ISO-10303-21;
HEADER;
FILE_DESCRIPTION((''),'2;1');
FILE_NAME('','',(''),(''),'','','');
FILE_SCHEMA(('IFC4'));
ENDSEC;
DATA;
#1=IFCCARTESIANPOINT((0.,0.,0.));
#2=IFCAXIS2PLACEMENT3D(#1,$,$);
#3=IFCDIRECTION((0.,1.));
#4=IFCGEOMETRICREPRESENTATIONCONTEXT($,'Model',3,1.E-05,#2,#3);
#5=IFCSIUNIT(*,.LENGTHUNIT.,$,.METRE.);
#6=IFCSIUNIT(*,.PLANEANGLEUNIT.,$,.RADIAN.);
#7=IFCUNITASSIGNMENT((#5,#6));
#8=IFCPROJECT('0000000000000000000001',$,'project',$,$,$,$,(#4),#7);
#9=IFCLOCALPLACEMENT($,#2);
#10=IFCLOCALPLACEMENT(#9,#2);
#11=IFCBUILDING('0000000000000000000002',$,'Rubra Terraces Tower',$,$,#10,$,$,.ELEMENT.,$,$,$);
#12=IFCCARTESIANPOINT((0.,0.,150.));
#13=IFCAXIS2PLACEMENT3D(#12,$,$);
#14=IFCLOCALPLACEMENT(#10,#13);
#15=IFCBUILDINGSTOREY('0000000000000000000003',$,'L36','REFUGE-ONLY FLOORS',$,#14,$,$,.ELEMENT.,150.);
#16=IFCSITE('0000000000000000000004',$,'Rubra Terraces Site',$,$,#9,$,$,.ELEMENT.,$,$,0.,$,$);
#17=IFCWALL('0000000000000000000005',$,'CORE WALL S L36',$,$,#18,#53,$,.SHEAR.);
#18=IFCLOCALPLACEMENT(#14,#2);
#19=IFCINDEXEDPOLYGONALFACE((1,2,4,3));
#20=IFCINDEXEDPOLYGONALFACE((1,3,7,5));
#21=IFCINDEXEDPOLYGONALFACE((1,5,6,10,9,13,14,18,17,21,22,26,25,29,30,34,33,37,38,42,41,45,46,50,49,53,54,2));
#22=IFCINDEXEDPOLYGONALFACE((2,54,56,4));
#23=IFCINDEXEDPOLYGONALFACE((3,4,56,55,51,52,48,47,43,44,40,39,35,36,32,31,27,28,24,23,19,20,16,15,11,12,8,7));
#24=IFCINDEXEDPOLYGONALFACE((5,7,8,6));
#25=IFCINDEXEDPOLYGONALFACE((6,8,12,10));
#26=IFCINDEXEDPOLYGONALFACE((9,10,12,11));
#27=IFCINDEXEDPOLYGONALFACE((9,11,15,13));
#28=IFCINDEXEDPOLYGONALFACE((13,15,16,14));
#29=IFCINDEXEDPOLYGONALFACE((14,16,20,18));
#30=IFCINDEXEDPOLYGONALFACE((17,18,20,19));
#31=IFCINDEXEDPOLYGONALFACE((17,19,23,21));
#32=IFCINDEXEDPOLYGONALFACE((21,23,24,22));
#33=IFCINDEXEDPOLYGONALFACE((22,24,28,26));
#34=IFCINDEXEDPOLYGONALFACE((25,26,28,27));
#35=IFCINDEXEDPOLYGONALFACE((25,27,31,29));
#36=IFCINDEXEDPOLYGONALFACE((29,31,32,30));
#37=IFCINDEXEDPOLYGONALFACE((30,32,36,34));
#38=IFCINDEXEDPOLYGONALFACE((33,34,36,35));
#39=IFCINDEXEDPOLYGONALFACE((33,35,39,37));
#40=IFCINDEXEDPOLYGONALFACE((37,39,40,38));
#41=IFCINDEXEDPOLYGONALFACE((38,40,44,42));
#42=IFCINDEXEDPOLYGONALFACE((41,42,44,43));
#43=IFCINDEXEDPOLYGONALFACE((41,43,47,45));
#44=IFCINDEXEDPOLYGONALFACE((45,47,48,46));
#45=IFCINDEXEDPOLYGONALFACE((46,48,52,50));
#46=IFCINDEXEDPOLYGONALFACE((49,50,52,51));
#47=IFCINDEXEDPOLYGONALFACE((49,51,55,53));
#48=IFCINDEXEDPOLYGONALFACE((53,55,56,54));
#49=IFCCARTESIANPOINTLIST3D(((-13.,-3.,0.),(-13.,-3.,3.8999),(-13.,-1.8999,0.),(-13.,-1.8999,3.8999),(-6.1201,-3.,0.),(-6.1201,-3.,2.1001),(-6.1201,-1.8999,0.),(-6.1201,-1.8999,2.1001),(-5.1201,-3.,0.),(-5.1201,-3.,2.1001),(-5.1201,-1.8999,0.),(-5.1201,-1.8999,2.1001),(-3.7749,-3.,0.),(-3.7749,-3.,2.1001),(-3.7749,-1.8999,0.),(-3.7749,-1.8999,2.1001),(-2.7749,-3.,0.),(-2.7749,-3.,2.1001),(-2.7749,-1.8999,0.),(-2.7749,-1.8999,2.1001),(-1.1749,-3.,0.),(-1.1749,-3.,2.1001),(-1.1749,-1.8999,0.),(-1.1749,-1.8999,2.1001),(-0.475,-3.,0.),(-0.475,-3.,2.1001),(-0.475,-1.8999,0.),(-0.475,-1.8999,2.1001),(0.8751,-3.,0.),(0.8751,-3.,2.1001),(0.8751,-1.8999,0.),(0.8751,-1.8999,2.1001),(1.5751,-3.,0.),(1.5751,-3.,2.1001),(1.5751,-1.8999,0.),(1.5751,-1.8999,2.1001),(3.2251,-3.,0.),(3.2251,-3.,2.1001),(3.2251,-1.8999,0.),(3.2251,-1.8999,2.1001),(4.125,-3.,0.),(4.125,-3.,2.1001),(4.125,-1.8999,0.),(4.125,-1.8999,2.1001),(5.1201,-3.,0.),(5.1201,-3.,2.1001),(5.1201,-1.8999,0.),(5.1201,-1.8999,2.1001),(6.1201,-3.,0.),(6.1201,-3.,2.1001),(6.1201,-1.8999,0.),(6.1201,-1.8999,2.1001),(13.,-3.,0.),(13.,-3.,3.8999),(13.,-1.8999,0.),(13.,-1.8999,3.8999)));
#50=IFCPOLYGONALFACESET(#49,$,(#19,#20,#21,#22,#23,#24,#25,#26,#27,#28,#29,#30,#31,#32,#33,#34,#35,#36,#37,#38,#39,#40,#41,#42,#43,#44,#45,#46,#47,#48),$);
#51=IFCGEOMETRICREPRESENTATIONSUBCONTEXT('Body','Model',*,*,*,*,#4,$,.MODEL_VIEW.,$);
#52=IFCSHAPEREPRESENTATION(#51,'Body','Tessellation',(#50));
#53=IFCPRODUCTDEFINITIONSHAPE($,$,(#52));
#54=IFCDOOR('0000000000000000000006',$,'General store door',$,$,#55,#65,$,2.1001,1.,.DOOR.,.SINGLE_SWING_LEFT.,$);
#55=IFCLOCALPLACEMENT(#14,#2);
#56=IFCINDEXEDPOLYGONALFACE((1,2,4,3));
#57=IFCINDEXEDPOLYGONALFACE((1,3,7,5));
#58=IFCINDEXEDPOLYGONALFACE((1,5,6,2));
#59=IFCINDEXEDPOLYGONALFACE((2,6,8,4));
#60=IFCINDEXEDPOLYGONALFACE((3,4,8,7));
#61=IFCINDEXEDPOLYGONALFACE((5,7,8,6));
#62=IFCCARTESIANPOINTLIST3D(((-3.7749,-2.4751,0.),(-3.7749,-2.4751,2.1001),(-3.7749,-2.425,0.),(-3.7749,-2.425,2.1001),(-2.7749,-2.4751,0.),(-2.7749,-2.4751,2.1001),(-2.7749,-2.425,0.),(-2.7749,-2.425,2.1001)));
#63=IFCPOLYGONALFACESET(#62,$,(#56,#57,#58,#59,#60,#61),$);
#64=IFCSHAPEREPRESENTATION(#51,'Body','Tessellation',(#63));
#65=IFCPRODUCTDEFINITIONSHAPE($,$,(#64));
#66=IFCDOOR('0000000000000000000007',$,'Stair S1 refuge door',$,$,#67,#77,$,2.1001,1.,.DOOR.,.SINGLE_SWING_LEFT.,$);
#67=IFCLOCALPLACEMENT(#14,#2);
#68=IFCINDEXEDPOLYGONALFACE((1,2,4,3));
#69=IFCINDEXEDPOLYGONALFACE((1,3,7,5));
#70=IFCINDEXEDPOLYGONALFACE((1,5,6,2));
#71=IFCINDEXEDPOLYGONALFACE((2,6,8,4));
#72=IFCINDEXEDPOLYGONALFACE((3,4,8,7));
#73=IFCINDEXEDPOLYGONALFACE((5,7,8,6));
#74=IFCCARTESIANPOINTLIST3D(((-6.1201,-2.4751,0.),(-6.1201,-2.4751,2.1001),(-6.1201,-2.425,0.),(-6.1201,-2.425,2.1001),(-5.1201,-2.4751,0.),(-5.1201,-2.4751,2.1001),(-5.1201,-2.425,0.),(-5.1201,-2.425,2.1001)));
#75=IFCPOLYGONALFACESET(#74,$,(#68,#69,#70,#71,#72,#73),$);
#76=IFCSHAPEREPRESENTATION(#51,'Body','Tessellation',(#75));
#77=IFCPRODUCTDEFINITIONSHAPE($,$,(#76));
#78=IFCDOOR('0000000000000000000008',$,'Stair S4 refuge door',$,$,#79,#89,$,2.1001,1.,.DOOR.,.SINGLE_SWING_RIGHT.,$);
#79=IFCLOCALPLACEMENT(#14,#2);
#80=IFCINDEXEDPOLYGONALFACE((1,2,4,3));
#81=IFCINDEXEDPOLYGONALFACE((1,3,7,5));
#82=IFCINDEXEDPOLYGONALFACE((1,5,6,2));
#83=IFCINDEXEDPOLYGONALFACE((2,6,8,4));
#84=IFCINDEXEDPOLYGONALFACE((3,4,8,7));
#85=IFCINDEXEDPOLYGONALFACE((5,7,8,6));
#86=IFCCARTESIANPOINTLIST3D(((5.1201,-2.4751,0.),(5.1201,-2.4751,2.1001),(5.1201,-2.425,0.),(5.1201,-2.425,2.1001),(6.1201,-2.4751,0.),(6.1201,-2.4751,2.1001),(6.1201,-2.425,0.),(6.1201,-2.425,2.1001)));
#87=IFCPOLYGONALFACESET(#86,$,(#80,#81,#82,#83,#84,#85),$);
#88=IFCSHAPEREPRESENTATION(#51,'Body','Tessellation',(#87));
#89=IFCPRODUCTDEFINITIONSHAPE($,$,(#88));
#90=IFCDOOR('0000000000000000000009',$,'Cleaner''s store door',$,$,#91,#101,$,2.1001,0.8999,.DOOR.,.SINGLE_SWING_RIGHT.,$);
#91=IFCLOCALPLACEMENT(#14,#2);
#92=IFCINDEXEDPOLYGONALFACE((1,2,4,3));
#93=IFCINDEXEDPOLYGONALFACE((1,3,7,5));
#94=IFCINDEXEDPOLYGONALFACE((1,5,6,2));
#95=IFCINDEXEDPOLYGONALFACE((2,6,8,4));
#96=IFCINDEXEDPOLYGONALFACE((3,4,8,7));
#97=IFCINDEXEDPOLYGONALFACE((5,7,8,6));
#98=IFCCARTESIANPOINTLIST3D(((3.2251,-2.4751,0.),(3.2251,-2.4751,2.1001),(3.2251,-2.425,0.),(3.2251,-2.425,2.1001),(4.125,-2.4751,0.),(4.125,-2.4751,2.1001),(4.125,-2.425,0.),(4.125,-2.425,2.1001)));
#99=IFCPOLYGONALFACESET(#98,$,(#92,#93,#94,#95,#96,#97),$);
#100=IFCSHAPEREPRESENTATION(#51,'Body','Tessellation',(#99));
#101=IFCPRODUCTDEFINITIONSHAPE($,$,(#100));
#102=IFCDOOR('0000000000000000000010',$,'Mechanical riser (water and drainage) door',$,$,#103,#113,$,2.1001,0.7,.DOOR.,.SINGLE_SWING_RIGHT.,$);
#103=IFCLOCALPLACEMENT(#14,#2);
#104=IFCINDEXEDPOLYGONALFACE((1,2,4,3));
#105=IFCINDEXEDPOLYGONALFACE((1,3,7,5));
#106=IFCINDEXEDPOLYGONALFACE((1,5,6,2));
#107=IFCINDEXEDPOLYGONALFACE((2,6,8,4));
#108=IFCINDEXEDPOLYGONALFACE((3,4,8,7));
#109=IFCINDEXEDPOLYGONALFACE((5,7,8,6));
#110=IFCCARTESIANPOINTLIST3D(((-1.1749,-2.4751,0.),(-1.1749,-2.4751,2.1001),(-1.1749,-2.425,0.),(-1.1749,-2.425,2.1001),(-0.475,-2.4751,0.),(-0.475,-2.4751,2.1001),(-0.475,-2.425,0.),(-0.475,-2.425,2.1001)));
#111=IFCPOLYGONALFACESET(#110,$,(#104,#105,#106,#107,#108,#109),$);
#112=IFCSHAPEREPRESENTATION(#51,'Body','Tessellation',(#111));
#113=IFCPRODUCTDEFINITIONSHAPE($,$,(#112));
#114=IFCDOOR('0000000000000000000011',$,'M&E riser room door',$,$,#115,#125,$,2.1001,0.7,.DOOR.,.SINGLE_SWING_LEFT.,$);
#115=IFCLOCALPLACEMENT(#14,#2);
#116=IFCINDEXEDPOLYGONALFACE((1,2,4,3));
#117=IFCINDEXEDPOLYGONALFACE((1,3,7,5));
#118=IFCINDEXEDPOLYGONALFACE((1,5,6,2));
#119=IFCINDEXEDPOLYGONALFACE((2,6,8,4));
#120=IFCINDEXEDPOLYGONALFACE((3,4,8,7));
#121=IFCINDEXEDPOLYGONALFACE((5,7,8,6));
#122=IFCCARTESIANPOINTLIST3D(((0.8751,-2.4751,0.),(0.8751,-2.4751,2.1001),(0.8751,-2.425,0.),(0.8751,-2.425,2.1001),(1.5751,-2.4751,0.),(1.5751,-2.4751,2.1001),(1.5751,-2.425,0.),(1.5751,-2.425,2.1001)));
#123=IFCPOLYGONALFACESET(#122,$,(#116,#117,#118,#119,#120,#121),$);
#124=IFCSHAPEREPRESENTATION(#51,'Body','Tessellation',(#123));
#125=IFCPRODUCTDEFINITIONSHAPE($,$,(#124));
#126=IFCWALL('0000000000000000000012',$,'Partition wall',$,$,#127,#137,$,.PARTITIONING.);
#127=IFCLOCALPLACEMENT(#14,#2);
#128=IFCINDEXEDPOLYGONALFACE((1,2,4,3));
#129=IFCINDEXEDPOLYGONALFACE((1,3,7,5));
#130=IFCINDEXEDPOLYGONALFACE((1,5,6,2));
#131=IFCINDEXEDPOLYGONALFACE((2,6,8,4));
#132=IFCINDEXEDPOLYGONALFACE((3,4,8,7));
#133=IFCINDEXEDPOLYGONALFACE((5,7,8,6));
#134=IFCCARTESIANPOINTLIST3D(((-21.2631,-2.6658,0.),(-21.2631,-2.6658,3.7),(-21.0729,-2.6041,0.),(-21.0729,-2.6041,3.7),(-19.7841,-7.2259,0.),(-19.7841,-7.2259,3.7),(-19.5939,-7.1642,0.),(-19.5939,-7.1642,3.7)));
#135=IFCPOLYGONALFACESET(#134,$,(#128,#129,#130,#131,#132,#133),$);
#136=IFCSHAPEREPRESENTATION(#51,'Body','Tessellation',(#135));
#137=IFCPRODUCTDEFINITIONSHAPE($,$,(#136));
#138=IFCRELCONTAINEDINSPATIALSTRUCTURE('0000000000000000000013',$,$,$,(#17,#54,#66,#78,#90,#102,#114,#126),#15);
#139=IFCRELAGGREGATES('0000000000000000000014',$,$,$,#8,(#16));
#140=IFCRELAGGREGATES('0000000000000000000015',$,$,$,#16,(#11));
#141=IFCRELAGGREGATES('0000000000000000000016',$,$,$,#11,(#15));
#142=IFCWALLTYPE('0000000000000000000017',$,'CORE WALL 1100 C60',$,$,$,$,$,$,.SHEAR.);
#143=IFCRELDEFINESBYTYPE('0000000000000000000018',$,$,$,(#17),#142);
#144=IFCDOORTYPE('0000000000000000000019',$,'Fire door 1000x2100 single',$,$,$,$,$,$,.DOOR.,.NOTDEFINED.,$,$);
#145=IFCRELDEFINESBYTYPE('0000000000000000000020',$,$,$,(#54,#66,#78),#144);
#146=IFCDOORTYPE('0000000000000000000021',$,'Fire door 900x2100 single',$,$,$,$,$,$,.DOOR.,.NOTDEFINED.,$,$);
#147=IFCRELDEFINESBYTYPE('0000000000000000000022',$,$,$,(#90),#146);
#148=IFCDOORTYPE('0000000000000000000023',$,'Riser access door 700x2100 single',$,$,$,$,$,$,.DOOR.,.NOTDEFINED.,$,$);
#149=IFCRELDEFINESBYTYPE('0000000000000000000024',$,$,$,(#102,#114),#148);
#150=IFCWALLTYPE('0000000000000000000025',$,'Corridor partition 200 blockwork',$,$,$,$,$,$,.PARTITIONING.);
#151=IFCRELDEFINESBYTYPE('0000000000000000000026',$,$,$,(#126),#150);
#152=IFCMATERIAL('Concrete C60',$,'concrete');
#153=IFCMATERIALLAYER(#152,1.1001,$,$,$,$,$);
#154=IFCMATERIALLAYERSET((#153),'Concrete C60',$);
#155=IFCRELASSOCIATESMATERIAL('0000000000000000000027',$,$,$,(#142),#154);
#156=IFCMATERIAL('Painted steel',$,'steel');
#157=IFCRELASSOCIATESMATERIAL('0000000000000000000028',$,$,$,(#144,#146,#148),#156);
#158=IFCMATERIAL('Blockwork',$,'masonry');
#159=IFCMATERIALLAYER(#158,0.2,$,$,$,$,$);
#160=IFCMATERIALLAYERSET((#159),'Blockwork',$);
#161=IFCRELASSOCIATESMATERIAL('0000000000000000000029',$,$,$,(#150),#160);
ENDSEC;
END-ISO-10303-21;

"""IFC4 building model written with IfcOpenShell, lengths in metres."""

from ifc_helpers import new_model, si_unit, direction, frame, frame_2d, origin, place, context, subcontext, project, spatial, rectangle, extrude, material, layer, layer_set, type_object, element, fill, save


model = new_model("IFC4")

# Units and contexts
model_context = context("Model", 3, precision=1e-05, world=origin(), true_north=direction((0.0, 1.0)))
body_context = subcontext(model_context, "Body", "Model", "MODEL_VIEW")
ifc_project = project(units=[si_unit("LENGTHUNIT", "METRE"), si_unit("PLANEANGLEUNIT", "RADIAN")], contexts=[model_context])

# Site, building, storey
site_placement = place(None, origin())
site = spatial("IfcSite", under=ifc_project, at=site_placement, Name="Rubra Terraces Site", CompositionType="ELEMENT", RefElevation=0.0)
building_placement = place(site_placement, origin())
building = spatial("IfcBuilding", under=site, at=building_placement, Name="Rubra Terraces Tower", CompositionType="ELEMENT")
storey_placement = place(building_placement, frame((0.0, 0.0, 150.0)))
storey = spatial("IfcBuildingStorey", under=building, at=storey_placement, Name="L36", Description="REFUGE-ONLY FLOORS", CompositionType="ELEMENT", Elevation=150.0)

# Wall, openings, doors
ifc_material_1 = material(Name="Concrete C60", Category="concrete")
ifc_layer_1 = layer(ifc_material_1, 1.1001)
ifc_layer_set_1 = layer_set([ifc_layer_1], Name="Concrete C60")
wall_type_1 = type_object("IfcWallType", Name="CORE WALL 1100 C60", PredefinedType="SHEAR", material=ifc_layer_set_1)
wall_1_placement = place(storey_placement, frame((-13.0, -2.45, 0.0), z_axis=(0.0, 0.0, 1.0), x_axis=(1.0, 0.0, 0.0)))
wall_1 = element("IfcWall", 1, at=wall_1_placement, inside=storey, type_object=wall_type_1, Name="CORE WALL S L36", PredefinedType="SHEAR", context=body_context, shape_type="SweptSolid", body=[
    extrude(rectangle(XDim=26.0, YDim=1.1001, at=frame_2d((13.0, 0.0))), origin(), (0.0, 0.0, 1.0), 3.8999),
])
opening_1_placement = place(wall_1_placement, frame((9.2251, 0.0, 0.0)))
opening_1 = element("IfcOpeningElement", 2, at=opening_1_placement, cuts=wall_1, PredefinedType="OPENING", context=body_context, shape_type="SweptSolid", body=[
    extrude(rectangle(XDim=1.0, YDim=2.1001, at=frame_2d((0.5, 1.05))), frame((0.0, 0.5601, 0.0), z_axis=(0.0, -1.0, 0.0), x_axis=(1.0, 0.0, 0.0)), (0.0, 0.0, 1.0), 1.1201),
])
opening_2_placement = place(wall_1_placement, frame((11.825, 0.0, 0.0)))
opening_2 = element("IfcOpeningElement", 3, at=opening_2_placement, cuts=wall_1, PredefinedType="OPENING", context=body_context, shape_type="SweptSolid", body=[
    extrude(rectangle(XDim=0.7, YDim=2.1001, at=frame_2d((0.3501, 1.05))), frame((0.0, 0.5601, 0.0), z_axis=(0.0, -1.0, 0.0), x_axis=(1.0, 0.0, 0.0)), (0.0, 0.0, 1.0), 1.1201),
])
opening_3_placement = place(wall_1_placement, frame((13.875, 0.0, 0.0)))
opening_3 = element("IfcOpeningElement", 4, at=opening_3_placement, cuts=wall_1, PredefinedType="OPENING", context=body_context, shape_type="SweptSolid", body=[
    extrude(rectangle(XDim=0.7, YDim=2.1001, at=frame_2d((0.3501, 1.05))), frame((0.0, 0.5601, 0.0), z_axis=(0.0, -1.0, 0.0), x_axis=(1.0, 0.0, 0.0)), (0.0, 0.0, 1.0), 1.1201),
])
opening_4_placement = place(wall_1_placement, frame((16.2251, 0.0, 0.0)))
opening_4 = element("IfcOpeningElement", 5, at=opening_4_placement, cuts=wall_1, PredefinedType="OPENING", context=body_context, shape_type="SweptSolid", body=[
    extrude(rectangle(XDim=0.8999, YDim=2.1001, at=frame_2d((0.45, 1.05))), frame((0.0, 0.5601, 0.0), z_axis=(0.0, -1.0, 0.0), x_axis=(1.0, 0.0, 0.0)), (0.0, 0.0, 1.0), 1.1201),
])
opening_5_placement = place(wall_1_placement, frame((6.8799, 0.0, 0.0)))
opening_5 = element("IfcOpeningElement", 6, at=opening_5_placement, cuts=wall_1, PredefinedType="OPENING", context=body_context, shape_type="SweptSolid", body=[
    extrude(rectangle(XDim=1.0, YDim=2.1001, at=frame_2d((0.5, 1.05))), frame((0.0, 0.5601, 0.0), z_axis=(0.0, -1.0, 0.0), x_axis=(1.0, 0.0, 0.0)), (0.0, 0.0, 1.0), 1.1201),
])
opening_6_placement = place(wall_1_placement, frame((18.1201, 0.0, 0.0)))
opening_6 = element("IfcOpeningElement", 7, at=opening_6_placement, cuts=wall_1, PredefinedType="OPENING", context=body_context, shape_type="SweptSolid", body=[
    extrude(rectangle(XDim=1.0, YDim=2.1001, at=frame_2d((0.5, 1.05))), frame((0.0, 0.5601, 0.0), z_axis=(0.0, -1.0, 0.0), x_axis=(1.0, 0.0, 0.0)), (0.0, 0.0, 1.0), 1.1201),
])
ifc_material_2 = material(Name="Painted steel", Category="steel")
door_type_1 = type_object("IfcDoorType", Name="Fire door 1000x2100 single", OperationType="NOTDEFINED", PredefinedType="DOOR", material=ifc_material_2)
door_1_placement = place(opening_1_placement, origin())
door_1 = element("IfcDoor", 8, at=door_1_placement, inside=storey, type_object=door_type_1, Name="General store door", OperationType="SINGLE_SWING_LEFT", OverallHeight=2.1001, OverallWidth=1.0, PredefinedType="DOOR", context=body_context, shape_type="SweptSolid", body=[
    extrude(rectangle(XDim=1.0, YDim=2.1001, at=frame_2d((0.5, 1.05))), frame((0.0, 0.0249, 0.0), z_axis=(0.0, -1.0, 0.0), x_axis=(1.0, 0.0, 0.0)), (0.0, 0.0, 1.0), 0.05),
])
fill(opening_1, door_1)
door_2_placement = place(opening_5_placement, origin())
door_2 = element("IfcDoor", 9, at=door_2_placement, inside=storey, type_object=door_type_1, Name="Stair S1 refuge door", OperationType="SINGLE_SWING_LEFT", OverallHeight=2.1001, OverallWidth=1.0, PredefinedType="DOOR", context=body_context, shape_type="SweptSolid", body=[
    extrude(rectangle(XDim=1.0, YDim=2.1001, at=frame_2d((0.5, 1.05))), frame((0.0, 0.0249, 0.0), z_axis=(0.0, -1.0, 0.0), x_axis=(1.0, 0.0, 0.0)), (0.0, 0.0, 1.0), 0.05),
])
fill(opening_5, door_2)
door_3_placement = place(opening_6_placement, origin())
door_3 = element("IfcDoor", 10, at=door_3_placement, inside=storey, type_object=door_type_1, Name="Stair S4 refuge door", OperationType="SINGLE_SWING_RIGHT", OverallHeight=2.1001, OverallWidth=1.0, PredefinedType="DOOR", context=body_context, shape_type="SweptSolid", body=[
    extrude(rectangle(XDim=1.0, YDim=2.1001, at=frame_2d((0.5, 1.05))), frame((0.0, 0.0249, 0.0), z_axis=(0.0, -1.0, 0.0), x_axis=(1.0, 0.0, 0.0)), (0.0, 0.0, 1.0), 0.05),
])
fill(opening_6, door_3)
door_type_2 = type_object("IfcDoorType", Name="Fire door 900x2100 single", OperationType="NOTDEFINED", PredefinedType="DOOR", material=ifc_material_2)
door_4_placement = place(opening_4_placement, origin())
door_4 = element("IfcDoor", 11, at=door_4_placement, inside=storey, type_object=door_type_2, Name="Cleaner's store door", OperationType="SINGLE_SWING_RIGHT", OverallHeight=2.1001, OverallWidth=0.8999, PredefinedType="DOOR", context=body_context, shape_type="SweptSolid", body=[
    extrude(rectangle(XDim=0.8999, YDim=2.1001, at=frame_2d((0.45, 1.05))), frame((0.0, 0.0249, 0.0), z_axis=(0.0, -1.0, 0.0), x_axis=(1.0, 0.0, 0.0)), (0.0, 0.0, 1.0), 0.05),
])
fill(opening_4, door_4)
door_type_3 = type_object("IfcDoorType", Name="Riser access door 700x2100 single", OperationType="NOTDEFINED", PredefinedType="DOOR", material=ifc_material_2)
door_5_placement = place(opening_2_placement, origin())
door_5 = element("IfcDoor", 12, at=door_5_placement, inside=storey, type_object=door_type_3, Name="Mechanical riser (water and drainage) door", OperationType="SINGLE_SWING_RIGHT", OverallHeight=2.1001, OverallWidth=0.7, PredefinedType="DOOR", context=body_context, shape_type="SweptSolid", body=[
    extrude(rectangle(XDim=0.7, YDim=2.1001, at=frame_2d((0.3501, 1.05))), frame((0.0, 0.0249, 0.0), z_axis=(0.0, -1.0, 0.0), x_axis=(1.0, 0.0, 0.0)), (0.0, 0.0, 1.0), 0.05),
])
fill(opening_2, door_5)
door_6_placement = place(opening_3_placement, origin())
door_6 = element("IfcDoor", 13, at=door_6_placement, inside=storey, type_object=door_type_3, Name="M&E riser room door", OperationType="SINGLE_SWING_LEFT", OverallHeight=2.1001, OverallWidth=0.7, PredefinedType="DOOR", context=body_context, shape_type="SweptSolid", body=[
    extrude(rectangle(XDim=0.7, YDim=2.1001, at=frame_2d((0.3501, 1.05))), frame((0.0, 0.0249, 0.0), z_axis=(0.0, -1.0, 0.0), x_axis=(1.0, 0.0, 0.0)), (0.0, 0.0, 1.0), 0.05),
])
fill(opening_3, door_6)

# Wall
ifc_material_3 = material(Name="Blockwork", Category="masonry")
ifc_layer_2 = layer(ifc_material_3, 0.2)
ifc_layer_set_2 = layer_set([ifc_layer_2], Name="Blockwork")
wall_type_2 = type_object("IfcWallType", Name="Corridor partition 200 blockwork", PredefinedType="PARTITIONING", material=ifc_layer_set_2)
wall_2_placement = place(storey_placement, frame((-19.689, -7.1951, 0.0), z_axis=(0.0, 0.0, 1.0), x_axis=(-0.308517, 0.951219, 0.0)))
element("IfcWall", 14, at=wall_2_placement, inside=storey, type_object=wall_type_2, Name="Partition wall", PredefinedType="PARTITIONING", context=body_context, shape_type="SweptSolid", body=[
    extrude(rectangle(XDim=4.7939, YDim=0.2, at=frame_2d((2.397, 0.0))), origin(), (0.0, 0.0, 1.0), 3.7),
])

save(model, "model.ifc")
